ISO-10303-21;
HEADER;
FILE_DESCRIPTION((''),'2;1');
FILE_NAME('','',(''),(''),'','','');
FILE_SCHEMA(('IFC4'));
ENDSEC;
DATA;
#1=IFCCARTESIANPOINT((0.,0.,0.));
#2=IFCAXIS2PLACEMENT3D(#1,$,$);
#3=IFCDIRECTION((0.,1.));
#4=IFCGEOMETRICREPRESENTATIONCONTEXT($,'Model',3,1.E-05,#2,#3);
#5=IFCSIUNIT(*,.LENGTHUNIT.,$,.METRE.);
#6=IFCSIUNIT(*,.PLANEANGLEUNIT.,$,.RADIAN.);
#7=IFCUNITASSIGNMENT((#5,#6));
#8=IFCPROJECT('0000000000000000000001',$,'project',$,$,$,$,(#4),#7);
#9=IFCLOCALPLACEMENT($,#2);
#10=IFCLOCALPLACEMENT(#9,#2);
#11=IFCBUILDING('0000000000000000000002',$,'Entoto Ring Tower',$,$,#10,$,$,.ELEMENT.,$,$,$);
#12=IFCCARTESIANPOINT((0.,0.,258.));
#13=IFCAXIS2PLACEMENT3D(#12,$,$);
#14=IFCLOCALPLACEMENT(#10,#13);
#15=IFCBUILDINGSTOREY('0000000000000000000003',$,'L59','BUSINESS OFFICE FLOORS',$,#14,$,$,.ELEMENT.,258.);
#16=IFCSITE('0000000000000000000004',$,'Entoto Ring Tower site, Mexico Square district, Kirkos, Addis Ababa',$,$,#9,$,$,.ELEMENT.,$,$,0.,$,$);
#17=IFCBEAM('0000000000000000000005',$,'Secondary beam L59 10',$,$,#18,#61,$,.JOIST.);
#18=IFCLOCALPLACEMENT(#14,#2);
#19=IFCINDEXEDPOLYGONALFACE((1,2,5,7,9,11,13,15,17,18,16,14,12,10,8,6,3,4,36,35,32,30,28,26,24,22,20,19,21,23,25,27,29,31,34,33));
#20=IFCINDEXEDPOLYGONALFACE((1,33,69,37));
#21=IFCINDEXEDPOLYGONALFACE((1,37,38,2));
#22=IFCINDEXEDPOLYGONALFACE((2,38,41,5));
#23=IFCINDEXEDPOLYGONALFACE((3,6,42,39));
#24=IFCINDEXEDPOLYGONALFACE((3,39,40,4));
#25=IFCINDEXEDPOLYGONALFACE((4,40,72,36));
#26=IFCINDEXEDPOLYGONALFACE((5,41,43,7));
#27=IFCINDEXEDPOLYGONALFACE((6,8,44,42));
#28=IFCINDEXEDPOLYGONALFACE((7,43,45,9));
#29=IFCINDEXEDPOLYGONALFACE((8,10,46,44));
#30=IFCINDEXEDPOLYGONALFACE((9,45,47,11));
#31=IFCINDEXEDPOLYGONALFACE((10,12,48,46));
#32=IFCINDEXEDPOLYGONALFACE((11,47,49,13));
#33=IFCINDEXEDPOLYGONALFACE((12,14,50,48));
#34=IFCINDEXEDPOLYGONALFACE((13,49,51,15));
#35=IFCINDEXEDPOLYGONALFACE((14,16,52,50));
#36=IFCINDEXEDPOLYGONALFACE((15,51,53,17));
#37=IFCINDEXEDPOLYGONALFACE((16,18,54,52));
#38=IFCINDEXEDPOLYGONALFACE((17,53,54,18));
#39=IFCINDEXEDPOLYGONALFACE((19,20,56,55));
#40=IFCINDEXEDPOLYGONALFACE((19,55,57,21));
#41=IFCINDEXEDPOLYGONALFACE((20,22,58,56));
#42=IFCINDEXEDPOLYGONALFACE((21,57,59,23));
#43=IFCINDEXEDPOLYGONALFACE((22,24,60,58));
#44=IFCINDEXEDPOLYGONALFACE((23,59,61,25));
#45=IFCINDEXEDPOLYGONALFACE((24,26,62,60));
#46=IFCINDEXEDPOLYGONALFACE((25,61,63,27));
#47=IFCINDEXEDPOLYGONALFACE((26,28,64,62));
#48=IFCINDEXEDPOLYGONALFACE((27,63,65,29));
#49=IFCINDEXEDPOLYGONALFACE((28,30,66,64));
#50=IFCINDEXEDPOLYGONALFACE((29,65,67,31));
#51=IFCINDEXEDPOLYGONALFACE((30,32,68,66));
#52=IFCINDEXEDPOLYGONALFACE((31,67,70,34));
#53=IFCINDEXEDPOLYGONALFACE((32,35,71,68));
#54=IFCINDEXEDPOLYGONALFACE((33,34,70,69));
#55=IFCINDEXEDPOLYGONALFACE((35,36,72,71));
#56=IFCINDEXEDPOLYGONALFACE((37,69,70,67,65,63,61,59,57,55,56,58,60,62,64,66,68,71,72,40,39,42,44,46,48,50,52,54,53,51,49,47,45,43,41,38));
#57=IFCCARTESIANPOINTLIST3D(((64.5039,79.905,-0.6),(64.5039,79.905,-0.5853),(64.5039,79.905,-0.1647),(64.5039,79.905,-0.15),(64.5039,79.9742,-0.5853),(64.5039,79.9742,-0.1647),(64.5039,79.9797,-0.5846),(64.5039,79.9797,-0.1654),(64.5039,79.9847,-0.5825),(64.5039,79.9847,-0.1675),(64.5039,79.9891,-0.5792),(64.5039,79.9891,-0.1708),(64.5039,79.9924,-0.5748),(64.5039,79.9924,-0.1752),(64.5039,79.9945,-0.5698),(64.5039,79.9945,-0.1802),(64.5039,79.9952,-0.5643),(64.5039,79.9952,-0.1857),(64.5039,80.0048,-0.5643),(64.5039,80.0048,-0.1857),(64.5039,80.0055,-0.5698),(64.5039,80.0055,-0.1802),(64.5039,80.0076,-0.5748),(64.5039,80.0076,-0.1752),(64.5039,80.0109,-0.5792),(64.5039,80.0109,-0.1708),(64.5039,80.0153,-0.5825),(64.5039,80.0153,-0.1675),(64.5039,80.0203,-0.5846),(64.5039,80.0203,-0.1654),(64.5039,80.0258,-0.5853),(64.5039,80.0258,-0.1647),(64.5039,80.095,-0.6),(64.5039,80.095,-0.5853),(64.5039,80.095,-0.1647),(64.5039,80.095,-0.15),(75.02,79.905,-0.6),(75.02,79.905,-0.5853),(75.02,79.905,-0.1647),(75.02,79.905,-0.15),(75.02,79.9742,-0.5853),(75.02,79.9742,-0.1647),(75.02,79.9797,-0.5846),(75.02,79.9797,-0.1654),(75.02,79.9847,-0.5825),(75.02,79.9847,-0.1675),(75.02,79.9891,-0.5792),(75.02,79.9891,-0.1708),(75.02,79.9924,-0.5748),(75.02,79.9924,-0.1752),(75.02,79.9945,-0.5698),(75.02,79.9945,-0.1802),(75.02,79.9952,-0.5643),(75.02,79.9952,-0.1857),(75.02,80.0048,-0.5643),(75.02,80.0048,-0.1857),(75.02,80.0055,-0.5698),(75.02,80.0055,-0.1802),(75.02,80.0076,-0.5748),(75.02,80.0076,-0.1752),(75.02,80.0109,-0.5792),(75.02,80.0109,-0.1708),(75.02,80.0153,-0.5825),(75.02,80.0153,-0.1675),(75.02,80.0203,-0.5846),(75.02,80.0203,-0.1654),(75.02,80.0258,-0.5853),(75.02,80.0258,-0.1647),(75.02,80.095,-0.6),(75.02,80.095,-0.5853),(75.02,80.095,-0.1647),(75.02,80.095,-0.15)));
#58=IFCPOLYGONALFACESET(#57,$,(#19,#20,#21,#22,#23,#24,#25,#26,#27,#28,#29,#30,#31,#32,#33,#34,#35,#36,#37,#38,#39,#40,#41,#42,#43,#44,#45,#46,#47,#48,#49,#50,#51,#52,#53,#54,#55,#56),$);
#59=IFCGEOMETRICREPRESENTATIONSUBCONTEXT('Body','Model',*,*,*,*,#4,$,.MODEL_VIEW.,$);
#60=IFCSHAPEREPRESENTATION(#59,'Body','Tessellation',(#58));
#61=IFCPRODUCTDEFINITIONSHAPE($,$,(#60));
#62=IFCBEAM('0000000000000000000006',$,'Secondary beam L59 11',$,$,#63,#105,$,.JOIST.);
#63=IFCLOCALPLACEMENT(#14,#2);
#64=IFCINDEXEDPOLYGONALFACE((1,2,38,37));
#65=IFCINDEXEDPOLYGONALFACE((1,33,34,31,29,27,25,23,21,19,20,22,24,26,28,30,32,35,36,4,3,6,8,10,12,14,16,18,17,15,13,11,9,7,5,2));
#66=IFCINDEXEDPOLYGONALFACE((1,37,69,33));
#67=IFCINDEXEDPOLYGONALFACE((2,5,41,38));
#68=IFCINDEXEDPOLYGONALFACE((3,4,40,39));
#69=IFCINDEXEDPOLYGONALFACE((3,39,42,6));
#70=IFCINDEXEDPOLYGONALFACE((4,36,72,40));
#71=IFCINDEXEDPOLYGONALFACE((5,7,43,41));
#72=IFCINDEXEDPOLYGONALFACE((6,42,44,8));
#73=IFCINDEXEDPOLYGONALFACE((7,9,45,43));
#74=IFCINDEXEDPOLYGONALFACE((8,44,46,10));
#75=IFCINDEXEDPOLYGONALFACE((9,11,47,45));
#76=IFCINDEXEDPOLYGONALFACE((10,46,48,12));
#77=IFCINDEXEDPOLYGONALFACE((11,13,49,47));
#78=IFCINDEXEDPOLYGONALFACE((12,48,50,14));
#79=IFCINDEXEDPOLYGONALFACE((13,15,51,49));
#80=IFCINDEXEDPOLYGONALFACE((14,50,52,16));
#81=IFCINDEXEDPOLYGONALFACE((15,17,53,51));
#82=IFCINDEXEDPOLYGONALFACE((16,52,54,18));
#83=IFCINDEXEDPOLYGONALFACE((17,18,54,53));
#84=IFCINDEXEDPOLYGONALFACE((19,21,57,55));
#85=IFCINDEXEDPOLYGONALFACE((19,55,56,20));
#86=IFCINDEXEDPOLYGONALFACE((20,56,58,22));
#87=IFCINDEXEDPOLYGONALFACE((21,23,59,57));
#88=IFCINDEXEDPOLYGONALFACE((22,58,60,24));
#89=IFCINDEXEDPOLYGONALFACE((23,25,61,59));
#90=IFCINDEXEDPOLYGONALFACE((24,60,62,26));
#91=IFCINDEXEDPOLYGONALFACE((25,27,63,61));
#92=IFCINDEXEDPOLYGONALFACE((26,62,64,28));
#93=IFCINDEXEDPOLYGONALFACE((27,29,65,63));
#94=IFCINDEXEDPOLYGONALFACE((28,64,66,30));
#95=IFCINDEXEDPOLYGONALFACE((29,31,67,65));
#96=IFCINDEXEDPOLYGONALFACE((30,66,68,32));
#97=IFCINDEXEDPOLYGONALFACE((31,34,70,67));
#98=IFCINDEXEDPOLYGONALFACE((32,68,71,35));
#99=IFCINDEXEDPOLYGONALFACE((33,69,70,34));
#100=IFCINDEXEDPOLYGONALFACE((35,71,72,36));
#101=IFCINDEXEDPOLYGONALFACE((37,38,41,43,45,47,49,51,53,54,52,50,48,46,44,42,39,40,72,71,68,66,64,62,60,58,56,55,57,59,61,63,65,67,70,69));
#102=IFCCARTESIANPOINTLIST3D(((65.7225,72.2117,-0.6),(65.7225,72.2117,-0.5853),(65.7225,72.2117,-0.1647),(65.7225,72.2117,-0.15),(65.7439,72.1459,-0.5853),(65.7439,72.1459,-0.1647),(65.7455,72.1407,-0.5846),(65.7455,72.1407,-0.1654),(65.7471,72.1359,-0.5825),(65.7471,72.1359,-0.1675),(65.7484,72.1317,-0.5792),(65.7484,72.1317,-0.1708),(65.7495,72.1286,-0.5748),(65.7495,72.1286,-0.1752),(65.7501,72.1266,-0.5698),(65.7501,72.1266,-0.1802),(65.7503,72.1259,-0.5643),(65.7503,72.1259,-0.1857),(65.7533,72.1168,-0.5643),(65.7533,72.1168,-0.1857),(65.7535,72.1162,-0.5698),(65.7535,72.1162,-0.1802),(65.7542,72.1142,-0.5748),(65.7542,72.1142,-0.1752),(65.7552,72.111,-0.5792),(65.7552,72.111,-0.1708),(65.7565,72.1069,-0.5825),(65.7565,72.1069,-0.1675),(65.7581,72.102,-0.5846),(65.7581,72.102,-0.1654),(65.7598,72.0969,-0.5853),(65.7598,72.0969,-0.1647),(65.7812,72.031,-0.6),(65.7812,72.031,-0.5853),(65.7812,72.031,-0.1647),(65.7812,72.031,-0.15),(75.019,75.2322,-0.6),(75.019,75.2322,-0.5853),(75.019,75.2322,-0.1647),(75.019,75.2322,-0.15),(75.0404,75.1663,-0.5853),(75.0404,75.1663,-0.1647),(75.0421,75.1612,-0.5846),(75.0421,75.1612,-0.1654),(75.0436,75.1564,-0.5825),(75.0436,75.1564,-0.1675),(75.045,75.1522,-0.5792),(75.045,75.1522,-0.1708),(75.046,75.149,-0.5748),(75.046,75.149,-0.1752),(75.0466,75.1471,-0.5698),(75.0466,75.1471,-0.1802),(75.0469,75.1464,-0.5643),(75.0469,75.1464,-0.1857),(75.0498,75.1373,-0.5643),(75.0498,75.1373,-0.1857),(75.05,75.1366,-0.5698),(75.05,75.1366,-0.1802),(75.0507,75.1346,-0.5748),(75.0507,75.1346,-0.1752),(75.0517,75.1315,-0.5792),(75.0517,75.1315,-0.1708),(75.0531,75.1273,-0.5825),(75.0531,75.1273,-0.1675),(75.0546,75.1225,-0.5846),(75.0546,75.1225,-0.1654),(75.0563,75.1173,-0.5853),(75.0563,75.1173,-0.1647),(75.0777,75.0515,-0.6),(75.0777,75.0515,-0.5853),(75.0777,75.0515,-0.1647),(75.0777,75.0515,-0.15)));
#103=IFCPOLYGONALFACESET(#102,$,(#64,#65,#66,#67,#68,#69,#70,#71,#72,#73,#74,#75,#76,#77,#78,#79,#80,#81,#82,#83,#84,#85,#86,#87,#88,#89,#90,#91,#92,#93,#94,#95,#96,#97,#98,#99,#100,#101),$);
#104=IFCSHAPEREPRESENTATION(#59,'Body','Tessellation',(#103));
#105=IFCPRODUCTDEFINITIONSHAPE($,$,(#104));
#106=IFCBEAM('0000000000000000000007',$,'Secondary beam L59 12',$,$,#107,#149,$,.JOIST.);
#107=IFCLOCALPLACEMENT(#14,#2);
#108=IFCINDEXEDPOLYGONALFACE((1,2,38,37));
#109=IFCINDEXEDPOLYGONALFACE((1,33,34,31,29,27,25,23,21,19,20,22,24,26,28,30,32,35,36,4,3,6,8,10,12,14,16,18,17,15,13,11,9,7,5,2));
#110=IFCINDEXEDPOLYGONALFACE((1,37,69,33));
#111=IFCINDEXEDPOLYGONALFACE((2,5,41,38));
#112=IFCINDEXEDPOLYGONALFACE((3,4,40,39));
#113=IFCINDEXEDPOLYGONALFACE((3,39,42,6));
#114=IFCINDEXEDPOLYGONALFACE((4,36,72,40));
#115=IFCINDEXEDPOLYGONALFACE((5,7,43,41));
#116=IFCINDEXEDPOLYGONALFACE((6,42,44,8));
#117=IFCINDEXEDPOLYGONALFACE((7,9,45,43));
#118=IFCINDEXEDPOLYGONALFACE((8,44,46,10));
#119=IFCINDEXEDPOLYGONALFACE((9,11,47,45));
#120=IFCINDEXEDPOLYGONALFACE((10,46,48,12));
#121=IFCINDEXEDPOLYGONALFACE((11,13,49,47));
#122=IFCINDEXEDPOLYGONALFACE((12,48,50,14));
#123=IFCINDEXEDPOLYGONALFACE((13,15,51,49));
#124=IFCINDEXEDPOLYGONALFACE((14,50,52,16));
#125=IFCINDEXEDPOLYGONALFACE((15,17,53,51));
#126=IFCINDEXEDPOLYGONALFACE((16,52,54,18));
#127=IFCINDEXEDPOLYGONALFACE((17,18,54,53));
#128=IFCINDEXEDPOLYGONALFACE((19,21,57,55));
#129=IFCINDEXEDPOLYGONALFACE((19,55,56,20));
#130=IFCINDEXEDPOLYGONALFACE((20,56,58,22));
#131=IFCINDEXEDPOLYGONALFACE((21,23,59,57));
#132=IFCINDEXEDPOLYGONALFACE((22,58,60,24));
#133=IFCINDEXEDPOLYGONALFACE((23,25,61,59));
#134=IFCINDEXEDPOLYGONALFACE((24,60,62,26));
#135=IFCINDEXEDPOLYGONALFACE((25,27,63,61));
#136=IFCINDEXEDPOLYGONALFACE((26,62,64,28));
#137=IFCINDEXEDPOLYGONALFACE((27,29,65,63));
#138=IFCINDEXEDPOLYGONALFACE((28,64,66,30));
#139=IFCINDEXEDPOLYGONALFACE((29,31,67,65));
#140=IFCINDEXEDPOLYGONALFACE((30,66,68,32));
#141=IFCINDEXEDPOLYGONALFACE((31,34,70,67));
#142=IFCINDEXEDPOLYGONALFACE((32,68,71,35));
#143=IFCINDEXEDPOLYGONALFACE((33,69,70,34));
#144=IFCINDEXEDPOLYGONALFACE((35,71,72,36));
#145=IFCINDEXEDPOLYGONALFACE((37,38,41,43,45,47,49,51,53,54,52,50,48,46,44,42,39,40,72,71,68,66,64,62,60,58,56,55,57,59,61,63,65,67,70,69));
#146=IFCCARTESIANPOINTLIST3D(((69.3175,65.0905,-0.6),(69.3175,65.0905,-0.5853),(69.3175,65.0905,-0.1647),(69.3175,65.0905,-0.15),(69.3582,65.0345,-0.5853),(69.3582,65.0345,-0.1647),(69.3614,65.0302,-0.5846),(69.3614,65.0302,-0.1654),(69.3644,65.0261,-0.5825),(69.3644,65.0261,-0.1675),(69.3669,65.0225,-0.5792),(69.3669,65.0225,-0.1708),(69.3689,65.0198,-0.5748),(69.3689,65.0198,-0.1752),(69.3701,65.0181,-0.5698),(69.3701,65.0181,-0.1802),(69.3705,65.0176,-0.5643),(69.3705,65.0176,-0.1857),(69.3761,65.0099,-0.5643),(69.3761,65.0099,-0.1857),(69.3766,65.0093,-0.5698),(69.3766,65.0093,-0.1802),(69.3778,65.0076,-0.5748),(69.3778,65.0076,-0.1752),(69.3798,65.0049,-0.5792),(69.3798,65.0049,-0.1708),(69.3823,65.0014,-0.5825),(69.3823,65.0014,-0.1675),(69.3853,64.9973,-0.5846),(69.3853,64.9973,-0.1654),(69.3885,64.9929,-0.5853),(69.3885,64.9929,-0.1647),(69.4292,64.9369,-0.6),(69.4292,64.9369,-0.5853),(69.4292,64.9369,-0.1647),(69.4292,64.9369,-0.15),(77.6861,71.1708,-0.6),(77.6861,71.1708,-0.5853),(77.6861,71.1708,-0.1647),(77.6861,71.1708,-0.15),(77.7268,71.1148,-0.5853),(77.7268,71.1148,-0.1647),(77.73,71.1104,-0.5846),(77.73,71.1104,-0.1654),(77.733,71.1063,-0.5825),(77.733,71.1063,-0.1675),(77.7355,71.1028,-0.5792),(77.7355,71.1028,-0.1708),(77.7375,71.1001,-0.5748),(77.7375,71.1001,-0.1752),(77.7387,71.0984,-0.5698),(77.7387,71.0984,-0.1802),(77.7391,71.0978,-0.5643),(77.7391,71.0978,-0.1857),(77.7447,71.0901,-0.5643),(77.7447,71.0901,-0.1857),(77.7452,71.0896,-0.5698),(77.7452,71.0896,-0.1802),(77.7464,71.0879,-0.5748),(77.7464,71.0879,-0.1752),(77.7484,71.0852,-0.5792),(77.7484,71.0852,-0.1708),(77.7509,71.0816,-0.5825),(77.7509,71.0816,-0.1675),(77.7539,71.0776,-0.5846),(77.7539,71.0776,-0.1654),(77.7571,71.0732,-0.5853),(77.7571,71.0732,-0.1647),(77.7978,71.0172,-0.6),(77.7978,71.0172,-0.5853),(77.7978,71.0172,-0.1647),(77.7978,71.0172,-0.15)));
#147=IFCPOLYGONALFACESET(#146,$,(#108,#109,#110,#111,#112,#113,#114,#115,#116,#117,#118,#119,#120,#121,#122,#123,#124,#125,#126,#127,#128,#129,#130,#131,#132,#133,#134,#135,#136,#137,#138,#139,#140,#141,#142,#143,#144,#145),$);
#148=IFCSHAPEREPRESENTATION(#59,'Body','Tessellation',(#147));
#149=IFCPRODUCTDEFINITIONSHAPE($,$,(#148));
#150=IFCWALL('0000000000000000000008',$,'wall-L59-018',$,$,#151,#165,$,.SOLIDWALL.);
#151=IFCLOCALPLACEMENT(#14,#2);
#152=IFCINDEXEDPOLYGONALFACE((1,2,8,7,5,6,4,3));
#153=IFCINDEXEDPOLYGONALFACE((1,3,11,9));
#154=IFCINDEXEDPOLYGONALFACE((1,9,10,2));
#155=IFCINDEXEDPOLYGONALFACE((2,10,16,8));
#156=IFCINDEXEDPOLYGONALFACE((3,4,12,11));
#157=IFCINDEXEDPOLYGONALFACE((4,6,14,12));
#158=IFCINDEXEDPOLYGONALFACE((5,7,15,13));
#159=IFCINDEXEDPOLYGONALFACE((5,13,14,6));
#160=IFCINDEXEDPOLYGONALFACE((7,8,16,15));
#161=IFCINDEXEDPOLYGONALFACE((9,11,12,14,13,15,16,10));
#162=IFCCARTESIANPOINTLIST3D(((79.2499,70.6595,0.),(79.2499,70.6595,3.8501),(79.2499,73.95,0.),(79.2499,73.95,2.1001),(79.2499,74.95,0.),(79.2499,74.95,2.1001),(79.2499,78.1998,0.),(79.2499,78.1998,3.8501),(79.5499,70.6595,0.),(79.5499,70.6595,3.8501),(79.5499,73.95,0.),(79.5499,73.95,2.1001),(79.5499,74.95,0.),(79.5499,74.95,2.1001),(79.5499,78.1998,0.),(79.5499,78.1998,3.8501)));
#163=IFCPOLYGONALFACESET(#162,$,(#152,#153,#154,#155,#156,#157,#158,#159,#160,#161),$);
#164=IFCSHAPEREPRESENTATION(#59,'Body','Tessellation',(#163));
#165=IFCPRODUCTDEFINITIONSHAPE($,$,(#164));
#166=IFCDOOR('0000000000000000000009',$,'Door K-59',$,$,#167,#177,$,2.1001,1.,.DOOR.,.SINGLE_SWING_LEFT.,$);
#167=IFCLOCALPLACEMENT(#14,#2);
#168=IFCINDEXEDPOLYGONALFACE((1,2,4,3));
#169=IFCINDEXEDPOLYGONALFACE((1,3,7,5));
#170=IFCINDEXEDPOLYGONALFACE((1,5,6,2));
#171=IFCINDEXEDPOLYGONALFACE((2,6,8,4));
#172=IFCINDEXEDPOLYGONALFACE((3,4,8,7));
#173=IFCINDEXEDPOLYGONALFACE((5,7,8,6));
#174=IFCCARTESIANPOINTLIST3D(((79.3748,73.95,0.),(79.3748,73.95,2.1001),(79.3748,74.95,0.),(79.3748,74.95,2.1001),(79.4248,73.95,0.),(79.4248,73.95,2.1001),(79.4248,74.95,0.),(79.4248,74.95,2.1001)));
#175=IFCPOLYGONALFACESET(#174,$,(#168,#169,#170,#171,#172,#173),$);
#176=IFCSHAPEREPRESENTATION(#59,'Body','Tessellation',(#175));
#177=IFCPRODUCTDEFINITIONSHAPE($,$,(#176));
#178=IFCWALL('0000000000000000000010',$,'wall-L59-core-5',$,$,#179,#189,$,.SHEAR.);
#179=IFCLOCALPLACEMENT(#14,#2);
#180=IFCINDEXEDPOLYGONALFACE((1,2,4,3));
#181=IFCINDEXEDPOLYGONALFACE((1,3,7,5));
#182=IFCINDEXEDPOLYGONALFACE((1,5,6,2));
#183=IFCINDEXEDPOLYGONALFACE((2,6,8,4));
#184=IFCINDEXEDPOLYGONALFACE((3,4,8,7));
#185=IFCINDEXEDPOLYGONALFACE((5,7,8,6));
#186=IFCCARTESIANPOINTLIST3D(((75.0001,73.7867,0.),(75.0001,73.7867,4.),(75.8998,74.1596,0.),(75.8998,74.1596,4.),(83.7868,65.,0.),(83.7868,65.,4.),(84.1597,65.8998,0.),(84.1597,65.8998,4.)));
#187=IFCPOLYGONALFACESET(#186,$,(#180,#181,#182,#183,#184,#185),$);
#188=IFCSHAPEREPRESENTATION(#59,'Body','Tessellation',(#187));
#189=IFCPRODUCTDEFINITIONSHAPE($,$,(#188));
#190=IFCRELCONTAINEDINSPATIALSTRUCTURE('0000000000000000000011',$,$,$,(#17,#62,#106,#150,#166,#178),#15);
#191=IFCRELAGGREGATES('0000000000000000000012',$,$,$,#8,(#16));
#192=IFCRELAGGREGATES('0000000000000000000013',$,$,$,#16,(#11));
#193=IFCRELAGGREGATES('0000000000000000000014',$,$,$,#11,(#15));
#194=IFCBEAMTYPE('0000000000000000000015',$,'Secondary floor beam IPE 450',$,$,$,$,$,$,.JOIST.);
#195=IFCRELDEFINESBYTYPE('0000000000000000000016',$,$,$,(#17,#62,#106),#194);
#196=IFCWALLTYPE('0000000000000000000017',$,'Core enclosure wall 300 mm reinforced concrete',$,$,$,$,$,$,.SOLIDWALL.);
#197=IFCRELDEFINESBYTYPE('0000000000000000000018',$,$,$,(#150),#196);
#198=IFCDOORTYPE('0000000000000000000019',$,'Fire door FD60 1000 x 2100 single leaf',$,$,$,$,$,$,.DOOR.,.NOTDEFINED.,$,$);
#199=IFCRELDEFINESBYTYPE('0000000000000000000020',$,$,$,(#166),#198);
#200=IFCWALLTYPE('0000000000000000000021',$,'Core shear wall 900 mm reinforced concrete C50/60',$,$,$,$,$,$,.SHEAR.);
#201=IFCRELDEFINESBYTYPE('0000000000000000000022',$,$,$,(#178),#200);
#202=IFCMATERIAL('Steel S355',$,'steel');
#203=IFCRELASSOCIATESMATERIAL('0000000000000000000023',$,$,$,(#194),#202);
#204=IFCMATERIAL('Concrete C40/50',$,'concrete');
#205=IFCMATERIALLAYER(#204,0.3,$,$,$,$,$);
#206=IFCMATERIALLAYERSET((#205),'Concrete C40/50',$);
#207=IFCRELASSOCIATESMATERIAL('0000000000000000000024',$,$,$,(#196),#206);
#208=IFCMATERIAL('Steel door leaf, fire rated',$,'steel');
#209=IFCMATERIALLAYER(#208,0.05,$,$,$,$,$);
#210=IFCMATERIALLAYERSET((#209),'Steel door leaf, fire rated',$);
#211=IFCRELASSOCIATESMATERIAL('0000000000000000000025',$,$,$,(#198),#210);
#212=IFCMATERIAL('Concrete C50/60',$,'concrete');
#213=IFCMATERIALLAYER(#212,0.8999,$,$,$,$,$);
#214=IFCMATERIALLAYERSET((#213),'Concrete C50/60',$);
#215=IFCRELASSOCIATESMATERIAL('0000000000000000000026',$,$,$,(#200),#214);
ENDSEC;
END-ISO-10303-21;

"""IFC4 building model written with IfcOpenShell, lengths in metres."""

from ifc_helpers import new_model, si_unit, direction, frame, frame_2d, origin, origin_2d, place, context, subcontext, project, spatial, polyline, rectangle, i_section, outline, extrude, material, layer, layer_set, material_profile, profile_set, type_object, element, fill, save


model = new_model("IFC4")

# Units and contexts
model_context = context("Model", 3, precision=1e-05, world=origin(), true_north=direction((0.0, 1.0)))
body_context = subcontext(model_context, "Body", "Model", "MODEL_VIEW")
ifc_project = project(units=[si_unit("LENGTHUNIT", "METRE"), si_unit("PLANEANGLEUNIT", "RADIAN")], contexts=[model_context])

# Site, building, storey
site_placement = place(None, origin())
site = spatial("IfcSite", under=ifc_project, at=site_placement, Name="Entoto Ring Tower site, Mexico Square district, Kirkos, Addis Ababa", CompositionType="ELEMENT", RefElevation=0.0)
building_placement = place(site_placement, origin())
building = spatial("IfcBuilding", under=site, at=building_placement, Name="Entoto Ring Tower", CompositionType="ELEMENT")
storey_placement = place(building_placement, frame((0.0, 0.0, 258.0)))
storey = spatial("IfcBuildingStorey", under=building, at=storey_placement, Name="L59", Description="BUSINESS OFFICE FLOORS", CompositionType="ELEMENT", Elevation=258.0)

# Beams
ifc_material_1 = material(Name="Steel S355", Category="steel")
ifc_material_profile_1 = material_profile(ifc_material_1, i_section(OverallWidth=0.1899, OverallDepth=0.45, WebThickness=0.0095, FlangeThickness=0.0146, FilletRadius=0.021, at=origin_2d()), Name="IPE 450")
ifc_profile_set_1 = profile_set([ifc_material_profile_1], Name="Steel S355")
beam_type_1 = type_object("IfcBeamType", Name="Secondary floor beam IPE 450", PredefinedType="JOIST", material=ifc_profile_set_1)
beam_1_placement = place(storey_placement, frame((75.02, 80.0, -0.375), z_axis=(-1.0, 0.0, 0.0), x_axis=(0.0, -1.0, 0.0)))
element("IfcBeam", 1, at=beam_1_placement, inside=storey, type_object=beam_type_1, Name="Secondary beam L59 10", PredefinedType="JOIST", context=body_context, shape_type="SweptSolid", body=[
    extrude(i_section(OverallWidth=0.1899, OverallDepth=0.45, WebThickness=0.0095, FlangeThickness=0.0146, FilletRadius=0.021, at=origin_2d()), origin(), (0.0, 0.0, 1.0), 10.5161),
])
beam_2_placement = place(storey_placement, frame((75.0483, 75.1418, -0.375), z_axis=(-0.951061, -0.309003, 0.0), x_axis=(0.309003, -0.951061, 0.0)))
element("IfcBeam", 2, at=beam_2_placement, inside=storey, type_object=beam_type_1, Name="Secondary beam L59 11", PredefinedType="JOIST", context=body_context, shape_type="SweptSolid", body=[
    extrude(i_section(OverallWidth=0.1899, OverallDepth=0.45, WebThickness=0.0095, FlangeThickness=0.0146, FilletRadius=0.021, at=origin_2d()), origin(), (0.0, 0.0, 1.0), 9.7749),
])
beam_3_placement = place(storey_placement, frame((77.7419, 71.094, -0.375), z_axis=(-0.809011, -0.587794, 0.0), x_axis=(0.587794, -0.809011, 0.0)))
element("IfcBeam", 3, at=beam_3_placement, inside=storey, type_object=beam_type_1, Name="Secondary beam L59 12", PredefinedType="JOIST", context=body_context, shape_type="SweptSolid", body=[
    extrude(i_section(OverallWidth=0.1899, OverallDepth=0.45, WebThickness=0.0095, FlangeThickness=0.0146, FilletRadius=0.021, at=origin_2d()), origin(), (0.0, 0.0, 1.0), 10.3442),
])

# Wall, opening, door
ifc_material_2 = material(Name="Concrete C40/50", Category="concrete")
ifc_layer_1 = layer(ifc_material_2, 0.3)
ifc_layer_set_1 = layer_set([ifc_layer_1], Name="Concrete C40/50")
wall_type_1 = type_object("IfcWallType", Name="Core enclosure wall 300 mm reinforced concrete", PredefinedType="SOLIDWALL", material=ifc_layer_set_1)
wall_1_placement = place(storey_placement, frame((79.3999, 70.6597, 0.0), z_axis=(0.0, 0.0, 1.0), x_axis=(0.0, 1.0, 0.0)))
wall_1 = element("IfcWall", 4, at=wall_1_placement, inside=storey, type_object=wall_type_1, Name="wall-L59-018", PredefinedType="SOLIDWALL", context=body_context, shape_type="SweptSolid", body=[
    extrude(rectangle(XDim=7.5403, YDim=0.3, at=frame_2d((3.77, 0.0))), origin(), (0.0, 0.0, 1.0), 3.8501),
])
opening_1_placement = place(wall_1_placement, frame((3.2903, 0.0, 0.0)))
opening_1 = element("IfcOpeningElement", 5, at=opening_1_placement, cuts=wall_1, PredefinedType="OPENING", context=body_context, shape_type="SweptSolid", body=[
    extrude(rectangle(XDim=1.0, YDim=2.1001, at=frame_2d((0.5, 1.05))), frame((0.0, 0.1602, 0.0), z_axis=(0.0, -1.0, 0.0), x_axis=(1.0, 0.0, 0.0)), (0.0, 0.0, 1.0), 0.3201),
])
ifc_material_3 = material(Name="Steel door leaf, fire rated", Category="steel")
ifc_layer_2 = layer(ifc_material_3, 0.05)
ifc_layer_set_2 = layer_set([ifc_layer_2], Name="Steel door leaf, fire rated")
door_type_1 = type_object("IfcDoorType", Name="Fire door FD60 1000 x 2100 single leaf", OperationType="NOTDEFINED", PredefinedType="DOOR", material=ifc_layer_set_2)
door_1_placement = place(opening_1_placement, frame((1.0, 0.0, 0.0), z_axis=(0.0, 0.0, 1.0), x_axis=(-1.0, 0.0, 0.0)))
door_1 = element("IfcDoor", 6, at=door_1_placement, inside=storey, type_object=door_type_1, Name="Door K-59", OperationType="SINGLE_SWING_LEFT", OverallHeight=2.1001, OverallWidth=1.0, PredefinedType="DOOR", context=body_context, shape_type="SweptSolid", body=[
    extrude(rectangle(XDim=1.0, YDim=2.1001, at=frame_2d((0.5, 1.05))), frame((0.0, 0.0249, 0.0), z_axis=(0.0, -1.0, 0.0), x_axis=(1.0, 0.0, 0.0)), (0.0, 0.0, 1.0), 0.05),
])
fill(opening_1, door_1)

# Wall
ifc_material_4 = material(Name="Concrete C50/60", Category="concrete")
ifc_layer_3 = layer(ifc_material_4, 0.8999)
ifc_layer_set_3 = layer_set([ifc_layer_3], Name="Concrete C50/60")
wall_type_2 = type_object("IfcWallType", Name="Core shear wall 900 mm reinforced concrete C50/60", PredefinedType="SHEAR", material=ifc_layer_set_3)
wall_2_placement = place(storey_placement, frame((75.45, 73.9731, 0.0), z_axis=(0.0, 0.0, 1.0), x_axis=(0.707107, -0.707107, 0.0)))
element("IfcWall", 7, at=wall_2_placement, inside=storey, type_object=wall_type_2, Name="wall-L59-core-5", PredefinedType="SHEAR", context=body_context, shape_type="SweptSolid", body=[
    extrude(outline(polyline([(-0.1863, -0.45), (12.24, -0.45), (11.8674, 0.45), (0.1863, 0.45), (-0.1863, -0.45)])), origin(), (0.0, 0.0, 1.0), 4.0),
])

save(model, "model.ifc")
